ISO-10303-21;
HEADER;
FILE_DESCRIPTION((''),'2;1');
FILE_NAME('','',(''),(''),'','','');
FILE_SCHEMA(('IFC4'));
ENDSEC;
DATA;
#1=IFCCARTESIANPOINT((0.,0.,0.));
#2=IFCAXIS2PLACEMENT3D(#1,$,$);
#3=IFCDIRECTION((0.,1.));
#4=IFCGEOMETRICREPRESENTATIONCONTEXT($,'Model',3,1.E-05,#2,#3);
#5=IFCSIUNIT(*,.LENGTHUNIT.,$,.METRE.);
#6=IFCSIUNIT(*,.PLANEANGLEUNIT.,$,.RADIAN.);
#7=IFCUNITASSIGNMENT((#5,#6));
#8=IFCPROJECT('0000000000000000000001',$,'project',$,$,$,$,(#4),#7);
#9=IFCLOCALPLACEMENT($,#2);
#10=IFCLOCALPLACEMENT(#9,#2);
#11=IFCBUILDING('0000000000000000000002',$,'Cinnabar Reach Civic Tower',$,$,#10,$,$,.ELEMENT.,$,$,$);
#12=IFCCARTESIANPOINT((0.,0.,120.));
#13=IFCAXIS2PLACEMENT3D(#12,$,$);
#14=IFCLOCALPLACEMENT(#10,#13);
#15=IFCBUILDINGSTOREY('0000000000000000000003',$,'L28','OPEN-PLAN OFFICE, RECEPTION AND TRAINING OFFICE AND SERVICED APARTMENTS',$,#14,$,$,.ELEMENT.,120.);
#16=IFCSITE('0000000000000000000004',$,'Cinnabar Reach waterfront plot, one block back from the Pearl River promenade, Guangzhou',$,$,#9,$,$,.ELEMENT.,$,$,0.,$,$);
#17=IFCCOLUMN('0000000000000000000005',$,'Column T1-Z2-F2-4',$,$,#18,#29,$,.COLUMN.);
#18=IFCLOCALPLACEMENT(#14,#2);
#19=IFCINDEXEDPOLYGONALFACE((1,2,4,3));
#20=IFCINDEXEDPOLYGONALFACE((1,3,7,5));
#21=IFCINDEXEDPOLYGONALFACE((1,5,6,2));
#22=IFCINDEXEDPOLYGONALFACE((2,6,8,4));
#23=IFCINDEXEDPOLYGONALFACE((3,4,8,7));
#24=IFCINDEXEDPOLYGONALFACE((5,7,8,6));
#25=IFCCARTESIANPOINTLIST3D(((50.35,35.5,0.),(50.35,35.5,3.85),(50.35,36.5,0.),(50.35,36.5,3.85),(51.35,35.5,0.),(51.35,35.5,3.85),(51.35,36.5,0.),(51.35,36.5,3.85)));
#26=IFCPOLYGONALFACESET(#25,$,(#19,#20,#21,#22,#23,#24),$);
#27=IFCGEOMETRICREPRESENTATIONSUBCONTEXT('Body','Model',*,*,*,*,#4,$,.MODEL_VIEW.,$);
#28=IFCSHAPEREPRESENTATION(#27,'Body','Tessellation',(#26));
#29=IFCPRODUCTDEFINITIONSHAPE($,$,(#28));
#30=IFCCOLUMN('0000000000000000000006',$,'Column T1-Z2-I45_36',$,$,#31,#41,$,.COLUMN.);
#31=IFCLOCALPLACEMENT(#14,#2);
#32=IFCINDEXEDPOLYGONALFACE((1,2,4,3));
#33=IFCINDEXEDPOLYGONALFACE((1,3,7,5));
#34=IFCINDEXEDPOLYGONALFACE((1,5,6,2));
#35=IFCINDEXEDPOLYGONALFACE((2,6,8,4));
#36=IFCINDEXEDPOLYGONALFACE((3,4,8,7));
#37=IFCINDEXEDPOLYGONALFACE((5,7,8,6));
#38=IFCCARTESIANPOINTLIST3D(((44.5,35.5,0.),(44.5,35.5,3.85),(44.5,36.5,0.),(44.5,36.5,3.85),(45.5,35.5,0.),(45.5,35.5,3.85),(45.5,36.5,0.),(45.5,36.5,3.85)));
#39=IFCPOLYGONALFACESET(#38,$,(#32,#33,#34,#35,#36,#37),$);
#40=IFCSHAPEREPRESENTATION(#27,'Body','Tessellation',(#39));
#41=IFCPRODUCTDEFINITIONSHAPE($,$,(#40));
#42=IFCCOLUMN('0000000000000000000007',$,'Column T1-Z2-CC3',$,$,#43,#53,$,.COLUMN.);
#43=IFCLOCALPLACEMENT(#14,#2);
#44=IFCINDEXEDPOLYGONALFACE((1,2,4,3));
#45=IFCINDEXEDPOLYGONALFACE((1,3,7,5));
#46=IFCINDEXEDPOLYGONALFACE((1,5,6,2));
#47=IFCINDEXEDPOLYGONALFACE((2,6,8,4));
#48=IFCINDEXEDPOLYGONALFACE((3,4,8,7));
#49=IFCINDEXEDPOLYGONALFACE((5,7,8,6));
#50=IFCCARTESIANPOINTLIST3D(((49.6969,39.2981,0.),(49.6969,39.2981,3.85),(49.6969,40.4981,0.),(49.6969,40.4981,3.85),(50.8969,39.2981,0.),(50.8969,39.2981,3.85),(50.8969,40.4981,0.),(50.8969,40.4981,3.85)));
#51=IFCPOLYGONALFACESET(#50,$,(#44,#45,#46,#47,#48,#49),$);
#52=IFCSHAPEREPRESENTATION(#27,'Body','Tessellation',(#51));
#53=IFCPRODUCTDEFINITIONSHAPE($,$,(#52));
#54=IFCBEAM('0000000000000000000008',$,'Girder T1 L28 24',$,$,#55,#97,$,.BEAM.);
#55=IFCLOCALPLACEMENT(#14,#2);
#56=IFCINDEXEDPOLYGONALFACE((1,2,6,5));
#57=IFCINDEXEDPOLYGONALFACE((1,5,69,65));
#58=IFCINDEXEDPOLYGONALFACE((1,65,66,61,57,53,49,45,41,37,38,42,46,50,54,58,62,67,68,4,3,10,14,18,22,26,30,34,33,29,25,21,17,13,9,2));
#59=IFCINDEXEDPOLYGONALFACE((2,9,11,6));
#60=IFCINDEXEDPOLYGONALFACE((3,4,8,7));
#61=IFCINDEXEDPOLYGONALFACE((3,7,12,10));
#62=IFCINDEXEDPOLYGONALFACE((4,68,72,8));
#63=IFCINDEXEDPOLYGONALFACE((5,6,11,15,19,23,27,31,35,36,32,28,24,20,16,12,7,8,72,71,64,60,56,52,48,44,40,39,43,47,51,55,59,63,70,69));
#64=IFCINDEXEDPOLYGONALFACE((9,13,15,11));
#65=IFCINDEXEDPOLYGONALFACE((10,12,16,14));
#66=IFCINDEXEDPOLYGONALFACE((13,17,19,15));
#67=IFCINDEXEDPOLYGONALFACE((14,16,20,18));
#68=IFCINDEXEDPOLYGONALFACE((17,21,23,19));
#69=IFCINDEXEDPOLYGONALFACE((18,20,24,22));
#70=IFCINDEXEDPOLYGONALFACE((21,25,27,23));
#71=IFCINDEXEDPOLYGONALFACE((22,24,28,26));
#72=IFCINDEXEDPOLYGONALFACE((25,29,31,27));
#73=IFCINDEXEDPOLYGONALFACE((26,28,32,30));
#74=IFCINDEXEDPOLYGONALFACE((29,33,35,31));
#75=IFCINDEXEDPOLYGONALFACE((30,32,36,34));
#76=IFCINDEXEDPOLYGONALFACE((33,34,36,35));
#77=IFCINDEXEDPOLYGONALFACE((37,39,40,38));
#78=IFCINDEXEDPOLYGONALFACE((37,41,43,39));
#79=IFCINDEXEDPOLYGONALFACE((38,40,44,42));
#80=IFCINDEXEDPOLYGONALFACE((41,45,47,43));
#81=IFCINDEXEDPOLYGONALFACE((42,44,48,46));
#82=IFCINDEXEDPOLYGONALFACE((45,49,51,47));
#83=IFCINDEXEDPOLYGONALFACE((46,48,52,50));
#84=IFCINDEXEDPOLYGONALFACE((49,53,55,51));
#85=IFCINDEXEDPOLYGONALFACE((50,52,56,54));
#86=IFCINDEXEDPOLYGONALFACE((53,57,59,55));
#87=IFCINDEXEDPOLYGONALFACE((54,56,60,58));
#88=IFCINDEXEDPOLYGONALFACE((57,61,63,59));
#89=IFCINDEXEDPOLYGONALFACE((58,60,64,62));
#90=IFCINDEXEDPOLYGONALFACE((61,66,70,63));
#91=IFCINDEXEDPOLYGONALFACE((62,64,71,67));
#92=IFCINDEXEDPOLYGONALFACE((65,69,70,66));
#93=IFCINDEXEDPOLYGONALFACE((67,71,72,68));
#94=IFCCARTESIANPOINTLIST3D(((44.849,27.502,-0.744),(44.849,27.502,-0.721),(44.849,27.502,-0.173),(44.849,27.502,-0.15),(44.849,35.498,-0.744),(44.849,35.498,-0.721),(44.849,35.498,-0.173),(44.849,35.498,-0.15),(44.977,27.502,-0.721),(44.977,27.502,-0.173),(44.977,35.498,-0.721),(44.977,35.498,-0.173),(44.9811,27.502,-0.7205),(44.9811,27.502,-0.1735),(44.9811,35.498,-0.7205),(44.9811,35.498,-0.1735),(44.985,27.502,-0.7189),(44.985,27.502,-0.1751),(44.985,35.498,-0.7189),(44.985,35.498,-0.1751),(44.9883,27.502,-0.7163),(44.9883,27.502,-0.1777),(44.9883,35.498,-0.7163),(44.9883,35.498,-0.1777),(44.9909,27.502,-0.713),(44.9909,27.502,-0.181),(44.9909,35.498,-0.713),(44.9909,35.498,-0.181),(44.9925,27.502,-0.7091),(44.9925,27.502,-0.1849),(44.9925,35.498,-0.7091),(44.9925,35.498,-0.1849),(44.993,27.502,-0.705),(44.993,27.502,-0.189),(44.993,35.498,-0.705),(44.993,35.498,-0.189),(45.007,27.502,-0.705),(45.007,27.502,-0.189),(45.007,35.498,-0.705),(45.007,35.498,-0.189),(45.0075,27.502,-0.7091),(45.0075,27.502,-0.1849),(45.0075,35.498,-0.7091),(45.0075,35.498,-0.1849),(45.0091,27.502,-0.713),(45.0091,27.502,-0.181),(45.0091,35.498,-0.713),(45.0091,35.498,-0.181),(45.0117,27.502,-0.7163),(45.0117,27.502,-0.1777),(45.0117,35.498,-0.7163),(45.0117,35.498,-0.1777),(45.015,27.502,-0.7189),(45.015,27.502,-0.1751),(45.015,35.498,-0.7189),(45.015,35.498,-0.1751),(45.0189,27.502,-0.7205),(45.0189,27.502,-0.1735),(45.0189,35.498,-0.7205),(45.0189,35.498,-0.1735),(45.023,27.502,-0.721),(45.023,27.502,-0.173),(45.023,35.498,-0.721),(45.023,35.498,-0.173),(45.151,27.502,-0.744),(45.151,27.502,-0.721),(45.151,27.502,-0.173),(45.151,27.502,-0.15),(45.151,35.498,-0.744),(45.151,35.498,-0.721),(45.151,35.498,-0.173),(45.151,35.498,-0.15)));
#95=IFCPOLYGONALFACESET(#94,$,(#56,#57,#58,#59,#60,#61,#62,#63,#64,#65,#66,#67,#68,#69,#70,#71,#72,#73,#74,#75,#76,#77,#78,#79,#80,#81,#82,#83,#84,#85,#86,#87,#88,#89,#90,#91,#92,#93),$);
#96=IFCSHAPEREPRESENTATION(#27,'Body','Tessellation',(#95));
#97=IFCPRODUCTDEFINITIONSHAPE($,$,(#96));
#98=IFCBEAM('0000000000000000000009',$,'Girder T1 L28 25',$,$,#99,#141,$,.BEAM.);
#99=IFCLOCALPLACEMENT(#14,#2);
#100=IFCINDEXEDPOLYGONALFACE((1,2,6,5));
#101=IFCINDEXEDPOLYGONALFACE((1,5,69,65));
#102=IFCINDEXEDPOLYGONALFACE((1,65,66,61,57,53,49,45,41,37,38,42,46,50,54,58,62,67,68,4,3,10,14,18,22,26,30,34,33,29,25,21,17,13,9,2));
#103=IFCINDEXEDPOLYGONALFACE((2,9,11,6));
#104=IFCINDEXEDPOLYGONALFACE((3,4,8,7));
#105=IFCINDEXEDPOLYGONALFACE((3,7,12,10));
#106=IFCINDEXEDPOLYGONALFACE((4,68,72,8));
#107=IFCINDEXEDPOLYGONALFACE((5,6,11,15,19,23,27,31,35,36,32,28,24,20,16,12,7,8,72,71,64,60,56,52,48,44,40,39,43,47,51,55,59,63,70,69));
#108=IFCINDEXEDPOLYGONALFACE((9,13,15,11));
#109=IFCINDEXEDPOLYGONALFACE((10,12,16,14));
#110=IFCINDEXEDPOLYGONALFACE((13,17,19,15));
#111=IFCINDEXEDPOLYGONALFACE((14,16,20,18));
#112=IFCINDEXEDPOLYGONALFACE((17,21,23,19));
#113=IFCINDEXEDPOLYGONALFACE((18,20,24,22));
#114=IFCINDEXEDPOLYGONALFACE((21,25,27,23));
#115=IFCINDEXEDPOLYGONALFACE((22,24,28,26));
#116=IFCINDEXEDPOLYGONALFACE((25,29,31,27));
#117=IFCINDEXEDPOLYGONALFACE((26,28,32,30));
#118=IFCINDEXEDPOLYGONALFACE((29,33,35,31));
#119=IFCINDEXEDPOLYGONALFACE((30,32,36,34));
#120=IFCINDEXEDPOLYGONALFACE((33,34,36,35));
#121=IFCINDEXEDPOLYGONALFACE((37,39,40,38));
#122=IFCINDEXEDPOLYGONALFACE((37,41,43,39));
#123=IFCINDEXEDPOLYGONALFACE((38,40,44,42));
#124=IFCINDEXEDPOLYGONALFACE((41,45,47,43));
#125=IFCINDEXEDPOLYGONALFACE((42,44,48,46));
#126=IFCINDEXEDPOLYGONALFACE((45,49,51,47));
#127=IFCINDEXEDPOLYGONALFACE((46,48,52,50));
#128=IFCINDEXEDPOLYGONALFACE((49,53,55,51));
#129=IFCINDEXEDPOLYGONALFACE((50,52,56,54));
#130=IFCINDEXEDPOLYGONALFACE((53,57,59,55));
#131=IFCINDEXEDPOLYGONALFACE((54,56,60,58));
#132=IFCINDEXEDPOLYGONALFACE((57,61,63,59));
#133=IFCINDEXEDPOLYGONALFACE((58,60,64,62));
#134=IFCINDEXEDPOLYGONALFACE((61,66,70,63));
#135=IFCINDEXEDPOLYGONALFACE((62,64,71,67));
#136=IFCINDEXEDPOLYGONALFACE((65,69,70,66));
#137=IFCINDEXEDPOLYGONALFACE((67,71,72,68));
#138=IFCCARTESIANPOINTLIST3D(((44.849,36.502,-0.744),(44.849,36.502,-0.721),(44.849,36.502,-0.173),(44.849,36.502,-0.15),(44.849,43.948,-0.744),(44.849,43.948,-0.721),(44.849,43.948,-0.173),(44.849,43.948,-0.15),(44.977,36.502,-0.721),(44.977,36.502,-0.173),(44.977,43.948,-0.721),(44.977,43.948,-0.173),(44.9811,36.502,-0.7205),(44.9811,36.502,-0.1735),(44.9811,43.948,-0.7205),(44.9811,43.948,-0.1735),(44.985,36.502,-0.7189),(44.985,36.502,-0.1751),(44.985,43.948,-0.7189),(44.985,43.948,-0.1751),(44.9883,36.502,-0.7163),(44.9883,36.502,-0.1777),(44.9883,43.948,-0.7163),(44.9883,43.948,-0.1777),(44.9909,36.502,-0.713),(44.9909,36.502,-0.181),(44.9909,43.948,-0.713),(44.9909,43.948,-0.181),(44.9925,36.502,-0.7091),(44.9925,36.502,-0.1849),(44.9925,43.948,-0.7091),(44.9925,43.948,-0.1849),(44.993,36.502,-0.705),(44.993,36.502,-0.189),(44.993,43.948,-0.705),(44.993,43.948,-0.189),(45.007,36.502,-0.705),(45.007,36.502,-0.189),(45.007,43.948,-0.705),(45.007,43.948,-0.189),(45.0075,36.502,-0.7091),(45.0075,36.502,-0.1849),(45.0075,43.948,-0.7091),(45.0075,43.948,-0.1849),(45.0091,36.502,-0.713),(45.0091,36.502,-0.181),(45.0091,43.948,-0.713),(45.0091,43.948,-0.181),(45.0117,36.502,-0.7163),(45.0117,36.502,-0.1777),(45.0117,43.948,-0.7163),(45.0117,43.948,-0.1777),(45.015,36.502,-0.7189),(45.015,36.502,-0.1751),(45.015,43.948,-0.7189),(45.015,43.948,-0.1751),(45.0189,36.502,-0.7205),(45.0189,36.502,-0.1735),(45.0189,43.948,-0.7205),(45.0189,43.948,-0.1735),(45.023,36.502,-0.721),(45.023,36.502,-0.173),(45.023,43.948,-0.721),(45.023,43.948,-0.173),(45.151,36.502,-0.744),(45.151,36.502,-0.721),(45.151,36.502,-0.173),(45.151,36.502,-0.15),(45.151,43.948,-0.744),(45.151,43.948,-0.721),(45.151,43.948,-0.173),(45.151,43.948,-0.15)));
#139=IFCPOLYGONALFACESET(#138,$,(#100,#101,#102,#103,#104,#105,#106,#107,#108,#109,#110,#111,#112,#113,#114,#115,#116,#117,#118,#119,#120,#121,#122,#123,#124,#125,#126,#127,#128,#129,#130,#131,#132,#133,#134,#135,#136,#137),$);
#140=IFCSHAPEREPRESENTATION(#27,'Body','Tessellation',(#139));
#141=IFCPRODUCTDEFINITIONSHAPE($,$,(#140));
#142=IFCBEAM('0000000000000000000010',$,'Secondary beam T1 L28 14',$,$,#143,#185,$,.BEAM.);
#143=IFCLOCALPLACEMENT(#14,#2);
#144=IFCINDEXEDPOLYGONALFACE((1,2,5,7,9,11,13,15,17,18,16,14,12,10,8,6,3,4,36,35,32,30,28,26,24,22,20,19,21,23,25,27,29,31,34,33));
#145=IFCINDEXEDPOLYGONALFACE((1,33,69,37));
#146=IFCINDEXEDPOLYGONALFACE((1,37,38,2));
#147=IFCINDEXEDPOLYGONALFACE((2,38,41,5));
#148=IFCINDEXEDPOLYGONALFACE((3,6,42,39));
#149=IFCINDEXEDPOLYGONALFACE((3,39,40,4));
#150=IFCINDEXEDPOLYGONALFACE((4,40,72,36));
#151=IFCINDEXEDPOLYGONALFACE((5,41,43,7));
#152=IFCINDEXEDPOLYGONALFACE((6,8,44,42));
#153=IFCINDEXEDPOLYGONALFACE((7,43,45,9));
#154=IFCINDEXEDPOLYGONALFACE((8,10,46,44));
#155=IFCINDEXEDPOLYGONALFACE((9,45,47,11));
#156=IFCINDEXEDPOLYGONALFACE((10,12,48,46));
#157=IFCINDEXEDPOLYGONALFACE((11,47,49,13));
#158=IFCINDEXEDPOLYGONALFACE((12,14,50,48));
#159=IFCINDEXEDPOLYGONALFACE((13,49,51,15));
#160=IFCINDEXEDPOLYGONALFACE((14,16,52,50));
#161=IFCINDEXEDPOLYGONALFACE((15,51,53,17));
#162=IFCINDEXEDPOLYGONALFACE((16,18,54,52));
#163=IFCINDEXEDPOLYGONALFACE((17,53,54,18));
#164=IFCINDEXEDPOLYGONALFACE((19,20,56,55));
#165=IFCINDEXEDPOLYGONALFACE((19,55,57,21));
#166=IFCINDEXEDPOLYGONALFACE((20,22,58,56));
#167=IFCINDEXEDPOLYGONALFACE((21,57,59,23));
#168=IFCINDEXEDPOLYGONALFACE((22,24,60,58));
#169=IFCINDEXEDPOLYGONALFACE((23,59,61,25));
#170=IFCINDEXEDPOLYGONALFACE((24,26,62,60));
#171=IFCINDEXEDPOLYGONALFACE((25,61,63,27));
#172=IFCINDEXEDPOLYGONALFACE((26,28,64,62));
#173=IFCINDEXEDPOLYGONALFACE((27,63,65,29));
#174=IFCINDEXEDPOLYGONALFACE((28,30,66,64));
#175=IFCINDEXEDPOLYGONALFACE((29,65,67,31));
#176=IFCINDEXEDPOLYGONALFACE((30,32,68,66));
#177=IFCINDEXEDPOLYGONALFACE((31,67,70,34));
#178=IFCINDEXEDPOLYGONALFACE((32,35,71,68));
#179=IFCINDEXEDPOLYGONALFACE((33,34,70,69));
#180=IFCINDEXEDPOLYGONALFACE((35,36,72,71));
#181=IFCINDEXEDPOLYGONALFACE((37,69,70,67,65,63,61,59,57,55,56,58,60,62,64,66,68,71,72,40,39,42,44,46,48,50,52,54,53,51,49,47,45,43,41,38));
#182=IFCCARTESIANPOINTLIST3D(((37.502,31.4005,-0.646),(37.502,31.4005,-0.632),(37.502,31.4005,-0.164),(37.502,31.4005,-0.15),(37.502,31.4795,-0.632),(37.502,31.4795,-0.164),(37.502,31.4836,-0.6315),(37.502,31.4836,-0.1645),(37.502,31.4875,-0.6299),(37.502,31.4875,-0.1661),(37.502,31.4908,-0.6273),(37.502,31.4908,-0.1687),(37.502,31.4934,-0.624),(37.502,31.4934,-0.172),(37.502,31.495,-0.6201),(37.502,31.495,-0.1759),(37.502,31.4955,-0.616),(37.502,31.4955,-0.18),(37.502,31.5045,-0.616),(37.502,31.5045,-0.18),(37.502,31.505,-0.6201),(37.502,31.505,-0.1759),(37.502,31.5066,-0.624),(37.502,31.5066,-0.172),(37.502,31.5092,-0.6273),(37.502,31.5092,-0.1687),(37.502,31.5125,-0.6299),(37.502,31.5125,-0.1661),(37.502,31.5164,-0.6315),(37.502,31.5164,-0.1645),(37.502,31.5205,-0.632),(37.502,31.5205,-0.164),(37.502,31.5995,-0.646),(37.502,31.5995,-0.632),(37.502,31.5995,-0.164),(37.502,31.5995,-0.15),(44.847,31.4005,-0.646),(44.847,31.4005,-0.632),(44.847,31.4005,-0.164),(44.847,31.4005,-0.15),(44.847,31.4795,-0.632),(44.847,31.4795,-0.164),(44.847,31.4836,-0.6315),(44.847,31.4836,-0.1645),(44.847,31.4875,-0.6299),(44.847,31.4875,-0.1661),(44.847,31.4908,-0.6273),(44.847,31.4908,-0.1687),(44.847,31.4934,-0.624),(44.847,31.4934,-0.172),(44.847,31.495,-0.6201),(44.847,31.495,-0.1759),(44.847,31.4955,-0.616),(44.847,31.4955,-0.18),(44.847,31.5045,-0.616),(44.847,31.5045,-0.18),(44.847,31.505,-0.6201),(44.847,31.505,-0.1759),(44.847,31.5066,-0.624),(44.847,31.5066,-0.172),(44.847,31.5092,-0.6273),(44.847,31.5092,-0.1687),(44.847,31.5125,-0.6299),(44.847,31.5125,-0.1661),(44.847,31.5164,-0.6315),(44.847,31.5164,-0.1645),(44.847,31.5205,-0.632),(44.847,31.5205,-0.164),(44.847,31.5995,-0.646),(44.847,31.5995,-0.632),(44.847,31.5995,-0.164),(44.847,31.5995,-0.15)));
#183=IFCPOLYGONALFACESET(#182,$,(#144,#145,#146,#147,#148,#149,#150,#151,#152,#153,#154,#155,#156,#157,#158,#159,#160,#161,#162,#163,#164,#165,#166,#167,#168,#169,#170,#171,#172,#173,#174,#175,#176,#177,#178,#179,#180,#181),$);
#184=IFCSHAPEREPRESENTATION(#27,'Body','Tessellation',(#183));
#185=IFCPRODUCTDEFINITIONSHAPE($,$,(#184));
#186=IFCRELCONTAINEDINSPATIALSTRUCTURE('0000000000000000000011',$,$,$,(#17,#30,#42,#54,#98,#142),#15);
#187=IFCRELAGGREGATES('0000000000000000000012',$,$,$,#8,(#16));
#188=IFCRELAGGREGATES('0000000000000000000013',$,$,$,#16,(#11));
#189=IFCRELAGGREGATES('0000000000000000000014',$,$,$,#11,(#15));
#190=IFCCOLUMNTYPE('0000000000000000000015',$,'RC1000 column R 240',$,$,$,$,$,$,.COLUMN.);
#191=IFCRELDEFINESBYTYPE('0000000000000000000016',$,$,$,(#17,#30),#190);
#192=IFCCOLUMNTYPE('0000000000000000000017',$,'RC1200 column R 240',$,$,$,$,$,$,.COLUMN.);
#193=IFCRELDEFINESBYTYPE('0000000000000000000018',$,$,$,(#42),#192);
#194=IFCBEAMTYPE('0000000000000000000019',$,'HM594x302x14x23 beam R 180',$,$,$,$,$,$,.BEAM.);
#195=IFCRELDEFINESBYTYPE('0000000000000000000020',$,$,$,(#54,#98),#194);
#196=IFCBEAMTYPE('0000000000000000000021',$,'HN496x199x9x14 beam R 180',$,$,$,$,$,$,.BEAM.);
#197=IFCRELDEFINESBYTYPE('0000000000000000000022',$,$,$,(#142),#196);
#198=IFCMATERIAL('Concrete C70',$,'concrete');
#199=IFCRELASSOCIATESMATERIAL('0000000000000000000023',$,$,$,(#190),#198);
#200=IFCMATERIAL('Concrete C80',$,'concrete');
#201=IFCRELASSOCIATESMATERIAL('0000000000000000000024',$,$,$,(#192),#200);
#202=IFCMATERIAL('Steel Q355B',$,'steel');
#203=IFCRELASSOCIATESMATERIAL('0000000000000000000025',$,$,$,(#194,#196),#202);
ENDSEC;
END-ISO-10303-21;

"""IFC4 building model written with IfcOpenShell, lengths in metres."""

from ifc_helpers import new_model, si_unit, direction, frame, origin, origin_2d, place, context, subcontext, project, spatial, rectangle, i_section, extrude, material, material_profile, profile_set, type_object, element, save


model = new_model("IFC4")

# Units and contexts
model_context = context("Model", 3, precision=1e-05, world=origin(), true_north=direction((0.0, 1.0)))
body_context = subcontext(model_context, "Body", "Model", "MODEL_VIEW")
ifc_project = project(units=[si_unit("LENGTHUNIT", "METRE"), si_unit("PLANEANGLEUNIT", "RADIAN")], contexts=[model_context])

# Site, building, storey
site_placement = place(None, origin())
site = spatial("IfcSite", under=ifc_project, at=site_placement, Name="Cinnabar Reach waterfront plot, one block back from the Pearl River promenade, Guangzhou", CompositionType="ELEMENT", RefElevation=0.0)
building_placement = place(site_placement, origin())
building = spatial("IfcBuilding", under=site, at=building_placement, Name="Cinnabar Reach Civic Tower", CompositionType="ELEMENT")
storey_placement = place(building_placement, frame((0.0, 0.0, 120.0)))
storey = spatial("IfcBuildingStorey", under=building, at=storey_placement, Name="L28", Description="OPEN-PLAN OFFICE, RECEPTION AND TRAINING OFFICE AND SERVICED APARTMENTS", CompositionType="ELEMENT", Elevation=120.0)

# Columns
ifc_material_1 = material(Name="Concrete C70", Category="concrete")
ifc_material_profile_1 = material_profile(ifc_material_1, rectangle(XDim=1.0, YDim=1.0, at=origin_2d()), Name="RC1000")
ifc_profile_set_1 = profile_set([ifc_material_profile_1], Name="Concrete C70")
column_type_1 = type_object("IfcColumnType", Name="RC1000 column R 240", PredefinedType="COLUMN", material=ifc_profile_set_1)
for number, where, z_axis, x_axis, name in (
    (1, (50.85, 36.0, 0.0), (0.0, 0.0, 1.0), (1.0, 0.0, 0.0), "Column T1-Z2-F2-4"),
    (2, (45.0, 36.0, 0.0), (0.0, 0.0, 1.0), (1.0, 0.0, 0.0), "Column T1-Z2-I45_36"),
):
    element("IfcColumn", number, at=place(storey_placement, frame(where, z_axis=z_axis, x_axis=x_axis)), inside=storey, type_object=column_type_1, Name=name, PredefinedType="COLUMN", context=body_context, shape_type="SweptSolid", body=[
        extrude(rectangle(XDim=1.0, YDim=1.0, at=origin_2d()), origin(), (0.0, 0.0, 1.0), 3.85),
    ])
ifc_material_2 = material(Name="Concrete C80", Category="concrete")
ifc_material_profile_2 = material_profile(ifc_material_2, rectangle(XDim=1.2, YDim=1.2, at=origin_2d()), Name="RC1200")
ifc_profile_set_2 = profile_set([ifc_material_profile_2], Name="Concrete C80")
column_type_2 = type_object("IfcColumnType", Name="RC1200 column R 240", PredefinedType="COLUMN", material=ifc_profile_set_2)
column_placement = place(storey_placement, frame((50.2969, 39.8981, 0.0), z_axis=(0.0, 0.0, 1.0), x_axis=(1.0, 0.0, 0.0)))
element("IfcColumn", 3, at=column_placement, inside=storey, type_object=column_type_2, Name="Column T1-Z2-CC3", PredefinedType="COLUMN", context=body_context, shape_type="SweptSolid", body=[
    extrude(rectangle(XDim=1.2, YDim=1.2, at=origin_2d()), origin(), (0.0, 0.0, 1.0), 3.85),
])

# Beams
ifc_material_3 = material(Name="Steel Q355B", Category="steel")
ifc_material_profile_3 = material_profile(ifc_material_3, i_section(OverallWidth=0.302, OverallDepth=0.594, WebThickness=0.014, FlangeThickness=0.023, FilletRadius=0.016, at=origin_2d()), Name="HM594x302x14x23")
ifc_profile_set_3 = profile_set([ifc_material_profile_3], Name="Steel Q355B")
beam_type_1 = type_object("IfcBeamType", Name="HM594x302x14x23 beam R 180", PredefinedType="BEAM", material=ifc_profile_set_3)
beam_1_placement = place(storey_placement, frame((45.0, 27.502, -0.447), z_axis=(0.0, 1.0, 0.0), x_axis=(-1.0, 0.0, 0.0)))
element("IfcBeam", 4, at=beam_1_placement, inside=storey, type_object=beam_type_1, Name="Girder T1 L28 24", PredefinedType="BEAM", context=body_context, shape_type="SweptSolid", body=[
    extrude(i_section(OverallWidth=0.302, OverallDepth=0.594, WebThickness=0.014, FlangeThickness=0.023, FilletRadius=0.016, at=origin_2d()), origin(), (0.0, 0.0, 1.0), 7.996),
])
beam_2_placement = place(storey_placement, frame((45.0, 36.502, -0.447), z_axis=(0.0, 1.0, 0.0), x_axis=(-1.0, 0.0, 0.0)))
element("IfcBeam", 5, at=beam_2_placement, inside=storey, type_object=beam_type_1, Name="Girder T1 L28 25", PredefinedType="BEAM", context=body_context, shape_type="SweptSolid", body=[
    extrude(i_section(OverallWidth=0.302, OverallDepth=0.594, WebThickness=0.014, FlangeThickness=0.023, FilletRadius=0.016, at=origin_2d()), origin(), (0.0, 0.0, 1.0), 7.446),
])
ifc_material_profile_4 = material_profile(ifc_material_3, i_section(OverallWidth=0.199, OverallDepth=0.496, WebThickness=0.009, FlangeThickness=0.014, FilletRadius=0.016, at=origin_2d()), Name="HN496x199x9x14")
ifc_profile_set_4 = profile_set([ifc_material_profile_4], Name="Steel Q355B")
beam_type_2 = type_object("IfcBeamType", Name="HN496x199x9x14 beam R 180", PredefinedType="BEAM", material=ifc_profile_set_4)
beam_3_placement = place(storey_placement, frame((37.502, 31.5, -0.398), z_axis=(1.0, 0.0, 0.0), x_axis=(0.0, 1.0, 0.0)))
element("IfcBeam", 6, at=beam_3_placement, inside=storey, type_object=beam_type_2, Name="Secondary beam T1 L28 14", PredefinedType="BEAM", context=body_context, shape_type="SweptSolid", body=[
    extrude(i_section(OverallWidth=0.199, OverallDepth=0.496, WebThickness=0.009, FlangeThickness=0.014, FilletRadius=0.016, at=origin_2d()), origin(), (0.0, 0.0, 1.0), 7.345),
])

save(model, "model.ifc")
